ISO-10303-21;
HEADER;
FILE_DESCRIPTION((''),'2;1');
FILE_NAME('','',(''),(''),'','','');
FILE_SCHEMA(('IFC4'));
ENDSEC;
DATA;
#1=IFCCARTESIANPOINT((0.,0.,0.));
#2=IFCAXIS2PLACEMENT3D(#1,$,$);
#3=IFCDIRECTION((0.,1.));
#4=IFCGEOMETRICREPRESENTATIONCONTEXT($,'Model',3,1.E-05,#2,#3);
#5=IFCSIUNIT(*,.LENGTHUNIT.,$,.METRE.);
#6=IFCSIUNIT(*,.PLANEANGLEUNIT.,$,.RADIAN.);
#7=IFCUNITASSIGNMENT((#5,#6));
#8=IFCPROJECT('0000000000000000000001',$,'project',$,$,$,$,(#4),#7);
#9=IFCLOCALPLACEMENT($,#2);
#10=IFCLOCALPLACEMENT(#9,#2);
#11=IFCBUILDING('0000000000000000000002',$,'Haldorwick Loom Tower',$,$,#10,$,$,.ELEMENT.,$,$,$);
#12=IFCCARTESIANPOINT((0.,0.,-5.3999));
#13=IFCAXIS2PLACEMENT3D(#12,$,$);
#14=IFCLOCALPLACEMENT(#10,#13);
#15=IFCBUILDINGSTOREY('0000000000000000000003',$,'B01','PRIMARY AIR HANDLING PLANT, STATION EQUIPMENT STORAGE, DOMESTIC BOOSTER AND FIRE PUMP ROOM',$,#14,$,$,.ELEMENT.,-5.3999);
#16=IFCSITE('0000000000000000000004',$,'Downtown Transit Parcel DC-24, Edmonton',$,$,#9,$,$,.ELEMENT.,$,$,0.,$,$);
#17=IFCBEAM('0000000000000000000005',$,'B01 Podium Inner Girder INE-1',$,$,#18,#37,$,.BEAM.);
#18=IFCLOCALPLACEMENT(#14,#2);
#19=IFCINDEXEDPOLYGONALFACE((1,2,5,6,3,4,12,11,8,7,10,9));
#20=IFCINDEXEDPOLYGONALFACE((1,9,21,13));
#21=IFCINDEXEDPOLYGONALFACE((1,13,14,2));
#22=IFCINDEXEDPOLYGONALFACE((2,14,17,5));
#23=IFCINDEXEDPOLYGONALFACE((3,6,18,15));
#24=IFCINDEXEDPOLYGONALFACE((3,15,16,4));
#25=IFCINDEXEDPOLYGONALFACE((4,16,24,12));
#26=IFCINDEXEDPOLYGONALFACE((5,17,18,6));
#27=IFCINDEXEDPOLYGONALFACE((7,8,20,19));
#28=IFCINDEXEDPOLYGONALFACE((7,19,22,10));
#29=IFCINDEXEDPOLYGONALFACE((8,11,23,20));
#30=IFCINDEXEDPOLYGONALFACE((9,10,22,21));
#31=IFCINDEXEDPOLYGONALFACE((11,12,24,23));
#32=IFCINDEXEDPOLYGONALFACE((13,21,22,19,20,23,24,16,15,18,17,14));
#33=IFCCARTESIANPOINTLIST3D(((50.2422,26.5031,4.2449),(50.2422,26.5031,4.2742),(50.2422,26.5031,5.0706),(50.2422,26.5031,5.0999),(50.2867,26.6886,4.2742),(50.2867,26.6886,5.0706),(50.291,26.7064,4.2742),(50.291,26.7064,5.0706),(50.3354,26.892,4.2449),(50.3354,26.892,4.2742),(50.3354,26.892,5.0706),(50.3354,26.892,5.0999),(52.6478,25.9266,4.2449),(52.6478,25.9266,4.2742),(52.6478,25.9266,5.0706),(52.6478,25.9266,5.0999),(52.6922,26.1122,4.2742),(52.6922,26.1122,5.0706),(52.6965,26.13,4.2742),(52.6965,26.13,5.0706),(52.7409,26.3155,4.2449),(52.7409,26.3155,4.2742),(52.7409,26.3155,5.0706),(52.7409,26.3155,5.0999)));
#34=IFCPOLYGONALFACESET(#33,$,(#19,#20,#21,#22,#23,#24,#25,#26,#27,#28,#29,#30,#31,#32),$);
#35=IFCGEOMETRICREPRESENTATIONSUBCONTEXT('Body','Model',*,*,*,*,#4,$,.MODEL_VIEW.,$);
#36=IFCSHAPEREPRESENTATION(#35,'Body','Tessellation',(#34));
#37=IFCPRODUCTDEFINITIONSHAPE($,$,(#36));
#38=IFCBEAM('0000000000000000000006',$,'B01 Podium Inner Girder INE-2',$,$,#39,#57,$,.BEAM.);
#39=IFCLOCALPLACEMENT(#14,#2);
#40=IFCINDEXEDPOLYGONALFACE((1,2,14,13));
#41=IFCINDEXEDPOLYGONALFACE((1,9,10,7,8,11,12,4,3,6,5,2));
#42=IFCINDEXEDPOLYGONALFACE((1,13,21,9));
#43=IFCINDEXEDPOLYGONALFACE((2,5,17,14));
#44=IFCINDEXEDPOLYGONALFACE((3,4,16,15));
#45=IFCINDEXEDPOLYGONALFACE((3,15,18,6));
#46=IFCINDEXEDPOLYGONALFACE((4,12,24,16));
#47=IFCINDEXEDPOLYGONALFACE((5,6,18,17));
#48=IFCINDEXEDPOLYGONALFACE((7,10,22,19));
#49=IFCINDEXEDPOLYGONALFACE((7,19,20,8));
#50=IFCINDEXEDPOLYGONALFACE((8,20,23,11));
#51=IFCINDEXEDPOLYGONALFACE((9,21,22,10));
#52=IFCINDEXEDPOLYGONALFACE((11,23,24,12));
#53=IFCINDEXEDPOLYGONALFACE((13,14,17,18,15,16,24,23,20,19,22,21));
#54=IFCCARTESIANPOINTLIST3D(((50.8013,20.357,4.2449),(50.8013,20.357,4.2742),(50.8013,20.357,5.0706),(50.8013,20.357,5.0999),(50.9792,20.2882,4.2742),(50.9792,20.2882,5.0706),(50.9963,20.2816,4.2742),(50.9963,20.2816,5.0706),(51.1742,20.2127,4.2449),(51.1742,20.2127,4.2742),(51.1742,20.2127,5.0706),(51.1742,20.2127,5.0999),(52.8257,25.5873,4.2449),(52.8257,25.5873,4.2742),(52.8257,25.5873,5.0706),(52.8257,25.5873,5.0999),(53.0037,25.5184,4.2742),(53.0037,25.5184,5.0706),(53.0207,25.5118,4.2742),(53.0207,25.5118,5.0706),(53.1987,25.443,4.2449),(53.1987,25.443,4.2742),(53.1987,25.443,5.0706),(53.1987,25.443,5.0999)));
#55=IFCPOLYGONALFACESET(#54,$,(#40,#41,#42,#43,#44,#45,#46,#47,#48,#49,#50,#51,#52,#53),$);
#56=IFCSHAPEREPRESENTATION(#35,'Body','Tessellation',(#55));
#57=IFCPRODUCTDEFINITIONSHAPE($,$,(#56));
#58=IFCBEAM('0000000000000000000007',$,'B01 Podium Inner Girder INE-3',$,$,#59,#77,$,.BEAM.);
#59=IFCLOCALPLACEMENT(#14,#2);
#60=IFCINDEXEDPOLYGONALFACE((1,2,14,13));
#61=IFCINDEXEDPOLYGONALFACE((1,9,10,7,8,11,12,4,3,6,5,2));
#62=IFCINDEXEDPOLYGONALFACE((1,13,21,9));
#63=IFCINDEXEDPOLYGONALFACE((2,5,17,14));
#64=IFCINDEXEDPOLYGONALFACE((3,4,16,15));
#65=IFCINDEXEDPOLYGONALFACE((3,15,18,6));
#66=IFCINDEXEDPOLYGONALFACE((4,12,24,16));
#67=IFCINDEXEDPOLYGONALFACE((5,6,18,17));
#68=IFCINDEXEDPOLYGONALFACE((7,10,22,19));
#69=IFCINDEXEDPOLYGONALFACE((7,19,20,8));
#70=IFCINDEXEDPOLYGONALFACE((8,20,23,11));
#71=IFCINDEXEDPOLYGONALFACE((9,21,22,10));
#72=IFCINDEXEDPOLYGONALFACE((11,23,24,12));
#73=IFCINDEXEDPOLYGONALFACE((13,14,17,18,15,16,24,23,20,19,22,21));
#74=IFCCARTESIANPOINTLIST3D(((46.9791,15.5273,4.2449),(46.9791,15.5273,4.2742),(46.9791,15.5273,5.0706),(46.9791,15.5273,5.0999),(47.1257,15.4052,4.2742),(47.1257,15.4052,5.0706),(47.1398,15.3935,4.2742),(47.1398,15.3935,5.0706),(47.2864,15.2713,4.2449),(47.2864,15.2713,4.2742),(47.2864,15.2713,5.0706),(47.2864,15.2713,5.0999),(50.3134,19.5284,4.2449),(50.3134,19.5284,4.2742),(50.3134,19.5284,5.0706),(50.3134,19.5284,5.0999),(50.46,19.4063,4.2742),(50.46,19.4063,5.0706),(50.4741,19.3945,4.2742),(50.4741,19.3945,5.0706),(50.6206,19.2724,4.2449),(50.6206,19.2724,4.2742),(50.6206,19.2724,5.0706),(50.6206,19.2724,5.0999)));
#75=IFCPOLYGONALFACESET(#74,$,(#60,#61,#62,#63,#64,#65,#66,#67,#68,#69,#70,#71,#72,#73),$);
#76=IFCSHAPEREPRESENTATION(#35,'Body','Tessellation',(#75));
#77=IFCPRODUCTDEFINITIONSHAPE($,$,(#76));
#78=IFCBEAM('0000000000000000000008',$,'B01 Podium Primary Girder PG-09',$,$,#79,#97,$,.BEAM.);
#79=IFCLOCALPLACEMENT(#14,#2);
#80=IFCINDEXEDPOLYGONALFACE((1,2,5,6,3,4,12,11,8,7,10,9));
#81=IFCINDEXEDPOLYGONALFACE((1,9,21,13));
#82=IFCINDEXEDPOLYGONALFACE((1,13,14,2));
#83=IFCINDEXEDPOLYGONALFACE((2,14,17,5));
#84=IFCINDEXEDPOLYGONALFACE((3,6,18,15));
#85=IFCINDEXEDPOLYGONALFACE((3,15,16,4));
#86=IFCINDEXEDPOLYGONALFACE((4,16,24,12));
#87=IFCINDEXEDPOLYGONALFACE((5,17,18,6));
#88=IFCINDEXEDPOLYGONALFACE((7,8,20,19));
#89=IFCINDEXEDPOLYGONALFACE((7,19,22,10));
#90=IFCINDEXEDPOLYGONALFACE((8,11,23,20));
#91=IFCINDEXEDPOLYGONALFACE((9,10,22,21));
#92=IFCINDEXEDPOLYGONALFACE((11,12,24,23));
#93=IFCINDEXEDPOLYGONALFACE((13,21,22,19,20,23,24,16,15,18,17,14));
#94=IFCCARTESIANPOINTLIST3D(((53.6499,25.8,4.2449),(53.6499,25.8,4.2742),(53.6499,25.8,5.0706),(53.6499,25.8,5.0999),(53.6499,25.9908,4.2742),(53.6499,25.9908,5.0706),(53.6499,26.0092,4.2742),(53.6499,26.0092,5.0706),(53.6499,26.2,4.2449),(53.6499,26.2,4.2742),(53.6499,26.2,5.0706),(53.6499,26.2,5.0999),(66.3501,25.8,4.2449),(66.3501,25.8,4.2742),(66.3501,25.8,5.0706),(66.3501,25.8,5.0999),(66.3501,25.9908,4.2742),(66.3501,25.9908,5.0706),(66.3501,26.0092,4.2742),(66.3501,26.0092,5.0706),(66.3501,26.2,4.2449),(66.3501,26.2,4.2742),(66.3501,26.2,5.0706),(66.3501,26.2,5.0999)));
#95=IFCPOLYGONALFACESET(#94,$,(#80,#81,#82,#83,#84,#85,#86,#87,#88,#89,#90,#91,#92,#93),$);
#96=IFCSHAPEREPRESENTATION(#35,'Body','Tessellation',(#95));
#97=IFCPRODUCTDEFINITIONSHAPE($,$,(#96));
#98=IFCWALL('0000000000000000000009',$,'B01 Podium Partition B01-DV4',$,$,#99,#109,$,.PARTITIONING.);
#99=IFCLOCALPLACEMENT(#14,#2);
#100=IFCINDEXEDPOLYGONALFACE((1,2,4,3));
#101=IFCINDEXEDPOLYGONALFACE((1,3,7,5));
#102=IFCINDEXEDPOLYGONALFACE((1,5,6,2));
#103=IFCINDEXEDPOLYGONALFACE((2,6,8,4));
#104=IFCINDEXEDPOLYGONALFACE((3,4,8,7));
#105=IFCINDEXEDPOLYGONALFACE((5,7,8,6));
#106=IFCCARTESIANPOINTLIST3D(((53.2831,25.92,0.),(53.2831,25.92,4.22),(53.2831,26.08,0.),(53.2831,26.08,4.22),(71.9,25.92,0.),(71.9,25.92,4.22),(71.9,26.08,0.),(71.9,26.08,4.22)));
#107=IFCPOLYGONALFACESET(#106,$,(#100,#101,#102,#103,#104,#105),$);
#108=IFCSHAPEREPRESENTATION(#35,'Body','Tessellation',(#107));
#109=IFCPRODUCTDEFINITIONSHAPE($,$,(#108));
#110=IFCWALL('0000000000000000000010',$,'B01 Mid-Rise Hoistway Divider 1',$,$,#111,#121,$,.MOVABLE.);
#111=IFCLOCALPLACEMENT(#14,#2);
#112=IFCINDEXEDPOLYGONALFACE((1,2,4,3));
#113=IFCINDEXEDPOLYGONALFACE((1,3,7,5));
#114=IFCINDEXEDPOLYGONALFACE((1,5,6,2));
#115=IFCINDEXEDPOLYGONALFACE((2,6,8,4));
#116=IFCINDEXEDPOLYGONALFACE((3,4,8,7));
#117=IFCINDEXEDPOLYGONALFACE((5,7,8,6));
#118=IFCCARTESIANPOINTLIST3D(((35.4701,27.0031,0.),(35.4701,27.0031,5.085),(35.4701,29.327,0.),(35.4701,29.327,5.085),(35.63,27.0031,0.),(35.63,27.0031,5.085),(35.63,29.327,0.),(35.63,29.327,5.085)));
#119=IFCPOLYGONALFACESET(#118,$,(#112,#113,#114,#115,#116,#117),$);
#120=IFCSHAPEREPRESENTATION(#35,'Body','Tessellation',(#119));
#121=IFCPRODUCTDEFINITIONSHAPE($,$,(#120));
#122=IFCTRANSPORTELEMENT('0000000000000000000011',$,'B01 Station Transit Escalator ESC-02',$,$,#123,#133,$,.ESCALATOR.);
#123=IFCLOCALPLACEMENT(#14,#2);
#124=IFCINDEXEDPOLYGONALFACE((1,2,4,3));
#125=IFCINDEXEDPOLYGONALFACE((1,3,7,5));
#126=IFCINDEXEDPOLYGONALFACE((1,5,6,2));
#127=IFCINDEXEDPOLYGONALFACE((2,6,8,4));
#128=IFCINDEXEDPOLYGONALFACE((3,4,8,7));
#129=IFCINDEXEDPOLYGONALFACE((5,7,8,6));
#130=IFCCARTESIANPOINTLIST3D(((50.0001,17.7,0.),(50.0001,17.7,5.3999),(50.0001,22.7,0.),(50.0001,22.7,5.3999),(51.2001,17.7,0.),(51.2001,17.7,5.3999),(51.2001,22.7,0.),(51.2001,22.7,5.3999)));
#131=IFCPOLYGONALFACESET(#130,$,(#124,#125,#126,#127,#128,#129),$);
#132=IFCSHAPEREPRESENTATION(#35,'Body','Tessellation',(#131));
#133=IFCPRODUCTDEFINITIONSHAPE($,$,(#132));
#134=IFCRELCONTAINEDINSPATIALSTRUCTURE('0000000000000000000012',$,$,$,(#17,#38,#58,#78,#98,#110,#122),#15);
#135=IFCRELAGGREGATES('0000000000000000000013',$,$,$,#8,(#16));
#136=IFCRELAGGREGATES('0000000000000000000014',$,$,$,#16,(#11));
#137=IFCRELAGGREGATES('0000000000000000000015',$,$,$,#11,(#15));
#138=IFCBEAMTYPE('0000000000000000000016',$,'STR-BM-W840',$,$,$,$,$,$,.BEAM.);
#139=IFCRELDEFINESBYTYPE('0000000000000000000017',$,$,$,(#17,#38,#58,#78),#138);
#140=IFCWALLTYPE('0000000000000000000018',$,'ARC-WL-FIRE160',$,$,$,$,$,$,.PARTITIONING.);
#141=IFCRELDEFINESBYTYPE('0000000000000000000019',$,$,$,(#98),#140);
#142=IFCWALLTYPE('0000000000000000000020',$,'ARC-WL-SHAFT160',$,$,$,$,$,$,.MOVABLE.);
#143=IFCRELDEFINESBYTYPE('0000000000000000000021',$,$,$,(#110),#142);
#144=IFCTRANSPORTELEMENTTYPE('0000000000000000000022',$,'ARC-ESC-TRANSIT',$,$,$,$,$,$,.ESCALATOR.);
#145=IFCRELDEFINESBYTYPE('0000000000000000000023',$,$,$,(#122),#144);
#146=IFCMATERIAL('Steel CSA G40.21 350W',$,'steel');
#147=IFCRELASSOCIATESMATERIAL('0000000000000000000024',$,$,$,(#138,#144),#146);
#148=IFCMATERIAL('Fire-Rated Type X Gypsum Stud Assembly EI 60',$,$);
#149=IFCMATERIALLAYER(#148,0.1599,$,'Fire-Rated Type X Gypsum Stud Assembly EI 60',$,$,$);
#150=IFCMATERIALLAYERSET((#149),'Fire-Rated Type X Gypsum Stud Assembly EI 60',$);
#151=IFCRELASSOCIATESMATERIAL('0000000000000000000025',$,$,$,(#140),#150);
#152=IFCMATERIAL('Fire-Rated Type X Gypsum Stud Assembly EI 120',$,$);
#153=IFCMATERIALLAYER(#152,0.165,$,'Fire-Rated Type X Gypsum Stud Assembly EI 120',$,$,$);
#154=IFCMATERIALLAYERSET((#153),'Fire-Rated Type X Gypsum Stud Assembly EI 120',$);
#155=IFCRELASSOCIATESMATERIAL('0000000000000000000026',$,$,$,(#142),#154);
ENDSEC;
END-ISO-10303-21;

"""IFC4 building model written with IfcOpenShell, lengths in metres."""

from ifc_helpers import new_model, si_unit, direction, frame, frame_2d, origin, origin_2d, place, context, subcontext, project, spatial, rectangle, i_section, extrude, material, layer, layer_set, material_profile, profile_set, type_object, element, save


model = new_model("IFC4")

# Units and contexts
model_context = context("Model", 3, precision=1e-05, world=origin(), true_north=direction((0.0, 1.0)))
body_context = subcontext(model_context, "Body", "Model", "MODEL_VIEW")
ifc_project = project(units=[si_unit("LENGTHUNIT", "METRE"), si_unit("PLANEANGLEUNIT", "RADIAN")], contexts=[model_context])

# Site, building, storey
site_placement = place(None, origin())
site = spatial("IfcSite", under=ifc_project, at=site_placement, Name="Downtown Transit Parcel DC-24, Edmonton", CompositionType="ELEMENT", RefElevation=0.0)
building_placement = place(site_placement, origin())
building = spatial("IfcBuilding", under=site, at=building_placement, Name="Haldorwick Loom Tower", CompositionType="ELEMENT")
storey_placement = place(building_placement, frame((0.0, 0.0, -5.3999)))
storey = spatial("IfcBuildingStorey", under=building, at=storey_placement, Name="B01", Description="PRIMARY AIR HANDLING PLANT, STATION EQUIPMENT STORAGE, DOMESTIC BOOSTER AND FIRE PUMP ROOM", CompositionType="ELEMENT", Elevation=-5.3999)

# Beams
ifc_material_1 = material(Name="Steel CSA G40.21 350W", Category="steel")
ifc_material_profile_1 = material_profile(ifc_material_1, i_section(OverallWidth=0.3999, OverallDepth=0.855, WebThickness=0.0183, FlangeThickness=0.0293, at=origin_2d()), Name="W840X299", Category="steel")
ifc_profile_set_1 = profile_set([ifc_material_profile_1], Name="Steel CSA G40.21 350W")
beam_type_1 = type_object("IfcBeamType", Name="STR-BM-W840", PredefinedType="BEAM", material=ifc_profile_set_1)
beam_1_placement = place(storey_placement, frame((50.2888, 26.6975, 4.6724), z_axis=(0.972471, -0.233026, 0.0), x_axis=(0.233026, 0.972471, 0.0)))
element("IfcBeam", 1, at=beam_1_placement, inside=storey, type_object=beam_type_1, Name="B01 Podium Inner Girder INE-1", PredefinedType="BEAM", context=body_context, shape_type="SweptSolid", body=[
    extrude(i_section(OverallWidth=0.3999, OverallDepth=0.855, WebThickness=0.0183, FlangeThickness=0.0293, at=origin_2d()), origin(), (0.0, 0.0, 1.0), 2.4736),
])
beam_2_placement = place(storey_placement, frame((53.0122, 25.5151, 4.6724), z_axis=(-0.360965, -0.932579, 0.0), x_axis=(0.932579, -0.360965, 0.0)))
element("IfcBeam", 2, at=beam_2_placement, inside=storey, type_object=beam_type_1, Name="B01 Podium Inner Girder INE-2", PredefinedType="BEAM", context=body_context, shape_type="SweptSolid", body=[
    extrude(i_section(OverallWidth=0.3999, OverallDepth=0.855, WebThickness=0.0183, FlangeThickness=0.0293, at=origin_2d()), origin(), (0.0, 0.0, 1.0), 5.6084),
])
beam_3_placement = place(storey_placement, frame((50.467, 19.4004, 4.6724), z_axis=(-0.640194, -0.768214, 0.0), x_axis=(0.768214, -0.640194, 0.0)))
element("IfcBeam", 3, at=beam_3_placement, inside=storey, type_object=beam_type_1, Name="B01 Podium Inner Girder INE-3", PredefinedType="BEAM", context=body_context, shape_type="SweptSolid", body=[
    extrude(i_section(OverallWidth=0.3999, OverallDepth=0.855, WebThickness=0.0183, FlangeThickness=0.0293, at=origin_2d()), origin(), (0.0, 0.0, 1.0), 5.2083),
])
beam_4_placement = place(storey_placement, frame((53.6499, 26.0, 4.6724), z_axis=(1.0, 0.0, 0.0), x_axis=(0.0, 1.0, 0.0)))
element("IfcBeam", 4, at=beam_4_placement, inside=storey, type_object=beam_type_1, Name="B01 Podium Primary Girder PG-09", PredefinedType="BEAM", context=body_context, shape_type="SweptSolid", body=[
    extrude(i_section(OverallWidth=0.3999, OverallDepth=0.855, WebThickness=0.0183, FlangeThickness=0.0293, at=origin_2d()), origin(), (0.0, 0.0, 1.0), 12.7002),
])

# Walls
ifc_material_2 = material(Name="Fire-Rated Type X Gypsum Stud Assembly EI 60")
ifc_layer_1 = layer(ifc_material_2, 0.1599, Name="Fire-Rated Type X Gypsum Stud Assembly EI 60")
ifc_layer_set_1 = layer_set([ifc_layer_1], Name="Fire-Rated Type X Gypsum Stud Assembly EI 60")
wall_type_1 = type_object("IfcWallType", Name="ARC-WL-FIRE160", PredefinedType="PARTITIONING", material=ifc_layer_set_1)
wall_1_placement = place(storey_placement, frame((53.283, 26.0, 0.0), z_axis=(0.0, 0.0, 1.0), x_axis=(1.0, 0.0, 0.0)))
element("IfcWall", 5, at=wall_1_placement, inside=storey, type_object=wall_type_1, Name="B01 Podium Partition B01-DV4", PredefinedType="PARTITIONING", context=body_context, shape_type="SweptSolid", body=[
    extrude(rectangle(XDim=18.6169, YDim=0.1599, at=frame_2d((9.3086, 0.0))), origin(), (0.0, 0.0, 1.0), 4.22),
])
ifc_material_3 = material(Name="Fire-Rated Type X Gypsum Stud Assembly EI 120")
ifc_layer_2 = layer(ifc_material_3, 0.165, Name="Fire-Rated Type X Gypsum Stud Assembly EI 120")
ifc_layer_set_2 = layer_set([ifc_layer_2], Name="Fire-Rated Type X Gypsum Stud Assembly EI 120")
wall_type_2 = type_object("IfcWallType", Name="ARC-WL-SHAFT160", PredefinedType="MOVABLE", material=ifc_layer_set_2)
wall_2_placement = place(storey_placement, frame((35.55, 27.0029, 0.0), z_axis=(0.0, 0.0, 1.0), x_axis=(0.0, 1.0, 0.0)))
element("IfcWall", 6, at=wall_2_placement, inside=storey, type_object=wall_type_2, Name="B01 Mid-Rise Hoistway Divider 1", PredefinedType="MOVABLE", context=body_context, shape_type="SweptSolid", body=[
    extrude(rectangle(XDim=2.324, YDim=0.1599, at=frame_2d((1.1621, 0.0))), origin(), (0.0, 0.0, 1.0), 5.085),
])

# Transport element
transport_element_type = type_object("IfcTransportElementType", Name="ARC-ESC-TRANSIT", PredefinedType="ESCALATOR", material=ifc_material_1)
transport_element_placement = place(storey_placement, frame((50.6001, 20.2, 0.0), z_axis=(0.0, 0.0, 1.0), x_axis=(1.0, 0.0, 0.0)))
element("IfcTransportElement", 7, at=transport_element_placement, inside=storey, type_object=transport_element_type, Name="B01 Station Transit Escalator ESC-02", PredefinedType="ESCALATOR", context=body_context, shape_type="SweptSolid", body=[
    extrude(rectangle(XDim=1.2, YDim=5.0, at=origin_2d()), origin(), (0.0, 0.0, 1.0), 5.3999),
])

save(model, "model.ifc")
